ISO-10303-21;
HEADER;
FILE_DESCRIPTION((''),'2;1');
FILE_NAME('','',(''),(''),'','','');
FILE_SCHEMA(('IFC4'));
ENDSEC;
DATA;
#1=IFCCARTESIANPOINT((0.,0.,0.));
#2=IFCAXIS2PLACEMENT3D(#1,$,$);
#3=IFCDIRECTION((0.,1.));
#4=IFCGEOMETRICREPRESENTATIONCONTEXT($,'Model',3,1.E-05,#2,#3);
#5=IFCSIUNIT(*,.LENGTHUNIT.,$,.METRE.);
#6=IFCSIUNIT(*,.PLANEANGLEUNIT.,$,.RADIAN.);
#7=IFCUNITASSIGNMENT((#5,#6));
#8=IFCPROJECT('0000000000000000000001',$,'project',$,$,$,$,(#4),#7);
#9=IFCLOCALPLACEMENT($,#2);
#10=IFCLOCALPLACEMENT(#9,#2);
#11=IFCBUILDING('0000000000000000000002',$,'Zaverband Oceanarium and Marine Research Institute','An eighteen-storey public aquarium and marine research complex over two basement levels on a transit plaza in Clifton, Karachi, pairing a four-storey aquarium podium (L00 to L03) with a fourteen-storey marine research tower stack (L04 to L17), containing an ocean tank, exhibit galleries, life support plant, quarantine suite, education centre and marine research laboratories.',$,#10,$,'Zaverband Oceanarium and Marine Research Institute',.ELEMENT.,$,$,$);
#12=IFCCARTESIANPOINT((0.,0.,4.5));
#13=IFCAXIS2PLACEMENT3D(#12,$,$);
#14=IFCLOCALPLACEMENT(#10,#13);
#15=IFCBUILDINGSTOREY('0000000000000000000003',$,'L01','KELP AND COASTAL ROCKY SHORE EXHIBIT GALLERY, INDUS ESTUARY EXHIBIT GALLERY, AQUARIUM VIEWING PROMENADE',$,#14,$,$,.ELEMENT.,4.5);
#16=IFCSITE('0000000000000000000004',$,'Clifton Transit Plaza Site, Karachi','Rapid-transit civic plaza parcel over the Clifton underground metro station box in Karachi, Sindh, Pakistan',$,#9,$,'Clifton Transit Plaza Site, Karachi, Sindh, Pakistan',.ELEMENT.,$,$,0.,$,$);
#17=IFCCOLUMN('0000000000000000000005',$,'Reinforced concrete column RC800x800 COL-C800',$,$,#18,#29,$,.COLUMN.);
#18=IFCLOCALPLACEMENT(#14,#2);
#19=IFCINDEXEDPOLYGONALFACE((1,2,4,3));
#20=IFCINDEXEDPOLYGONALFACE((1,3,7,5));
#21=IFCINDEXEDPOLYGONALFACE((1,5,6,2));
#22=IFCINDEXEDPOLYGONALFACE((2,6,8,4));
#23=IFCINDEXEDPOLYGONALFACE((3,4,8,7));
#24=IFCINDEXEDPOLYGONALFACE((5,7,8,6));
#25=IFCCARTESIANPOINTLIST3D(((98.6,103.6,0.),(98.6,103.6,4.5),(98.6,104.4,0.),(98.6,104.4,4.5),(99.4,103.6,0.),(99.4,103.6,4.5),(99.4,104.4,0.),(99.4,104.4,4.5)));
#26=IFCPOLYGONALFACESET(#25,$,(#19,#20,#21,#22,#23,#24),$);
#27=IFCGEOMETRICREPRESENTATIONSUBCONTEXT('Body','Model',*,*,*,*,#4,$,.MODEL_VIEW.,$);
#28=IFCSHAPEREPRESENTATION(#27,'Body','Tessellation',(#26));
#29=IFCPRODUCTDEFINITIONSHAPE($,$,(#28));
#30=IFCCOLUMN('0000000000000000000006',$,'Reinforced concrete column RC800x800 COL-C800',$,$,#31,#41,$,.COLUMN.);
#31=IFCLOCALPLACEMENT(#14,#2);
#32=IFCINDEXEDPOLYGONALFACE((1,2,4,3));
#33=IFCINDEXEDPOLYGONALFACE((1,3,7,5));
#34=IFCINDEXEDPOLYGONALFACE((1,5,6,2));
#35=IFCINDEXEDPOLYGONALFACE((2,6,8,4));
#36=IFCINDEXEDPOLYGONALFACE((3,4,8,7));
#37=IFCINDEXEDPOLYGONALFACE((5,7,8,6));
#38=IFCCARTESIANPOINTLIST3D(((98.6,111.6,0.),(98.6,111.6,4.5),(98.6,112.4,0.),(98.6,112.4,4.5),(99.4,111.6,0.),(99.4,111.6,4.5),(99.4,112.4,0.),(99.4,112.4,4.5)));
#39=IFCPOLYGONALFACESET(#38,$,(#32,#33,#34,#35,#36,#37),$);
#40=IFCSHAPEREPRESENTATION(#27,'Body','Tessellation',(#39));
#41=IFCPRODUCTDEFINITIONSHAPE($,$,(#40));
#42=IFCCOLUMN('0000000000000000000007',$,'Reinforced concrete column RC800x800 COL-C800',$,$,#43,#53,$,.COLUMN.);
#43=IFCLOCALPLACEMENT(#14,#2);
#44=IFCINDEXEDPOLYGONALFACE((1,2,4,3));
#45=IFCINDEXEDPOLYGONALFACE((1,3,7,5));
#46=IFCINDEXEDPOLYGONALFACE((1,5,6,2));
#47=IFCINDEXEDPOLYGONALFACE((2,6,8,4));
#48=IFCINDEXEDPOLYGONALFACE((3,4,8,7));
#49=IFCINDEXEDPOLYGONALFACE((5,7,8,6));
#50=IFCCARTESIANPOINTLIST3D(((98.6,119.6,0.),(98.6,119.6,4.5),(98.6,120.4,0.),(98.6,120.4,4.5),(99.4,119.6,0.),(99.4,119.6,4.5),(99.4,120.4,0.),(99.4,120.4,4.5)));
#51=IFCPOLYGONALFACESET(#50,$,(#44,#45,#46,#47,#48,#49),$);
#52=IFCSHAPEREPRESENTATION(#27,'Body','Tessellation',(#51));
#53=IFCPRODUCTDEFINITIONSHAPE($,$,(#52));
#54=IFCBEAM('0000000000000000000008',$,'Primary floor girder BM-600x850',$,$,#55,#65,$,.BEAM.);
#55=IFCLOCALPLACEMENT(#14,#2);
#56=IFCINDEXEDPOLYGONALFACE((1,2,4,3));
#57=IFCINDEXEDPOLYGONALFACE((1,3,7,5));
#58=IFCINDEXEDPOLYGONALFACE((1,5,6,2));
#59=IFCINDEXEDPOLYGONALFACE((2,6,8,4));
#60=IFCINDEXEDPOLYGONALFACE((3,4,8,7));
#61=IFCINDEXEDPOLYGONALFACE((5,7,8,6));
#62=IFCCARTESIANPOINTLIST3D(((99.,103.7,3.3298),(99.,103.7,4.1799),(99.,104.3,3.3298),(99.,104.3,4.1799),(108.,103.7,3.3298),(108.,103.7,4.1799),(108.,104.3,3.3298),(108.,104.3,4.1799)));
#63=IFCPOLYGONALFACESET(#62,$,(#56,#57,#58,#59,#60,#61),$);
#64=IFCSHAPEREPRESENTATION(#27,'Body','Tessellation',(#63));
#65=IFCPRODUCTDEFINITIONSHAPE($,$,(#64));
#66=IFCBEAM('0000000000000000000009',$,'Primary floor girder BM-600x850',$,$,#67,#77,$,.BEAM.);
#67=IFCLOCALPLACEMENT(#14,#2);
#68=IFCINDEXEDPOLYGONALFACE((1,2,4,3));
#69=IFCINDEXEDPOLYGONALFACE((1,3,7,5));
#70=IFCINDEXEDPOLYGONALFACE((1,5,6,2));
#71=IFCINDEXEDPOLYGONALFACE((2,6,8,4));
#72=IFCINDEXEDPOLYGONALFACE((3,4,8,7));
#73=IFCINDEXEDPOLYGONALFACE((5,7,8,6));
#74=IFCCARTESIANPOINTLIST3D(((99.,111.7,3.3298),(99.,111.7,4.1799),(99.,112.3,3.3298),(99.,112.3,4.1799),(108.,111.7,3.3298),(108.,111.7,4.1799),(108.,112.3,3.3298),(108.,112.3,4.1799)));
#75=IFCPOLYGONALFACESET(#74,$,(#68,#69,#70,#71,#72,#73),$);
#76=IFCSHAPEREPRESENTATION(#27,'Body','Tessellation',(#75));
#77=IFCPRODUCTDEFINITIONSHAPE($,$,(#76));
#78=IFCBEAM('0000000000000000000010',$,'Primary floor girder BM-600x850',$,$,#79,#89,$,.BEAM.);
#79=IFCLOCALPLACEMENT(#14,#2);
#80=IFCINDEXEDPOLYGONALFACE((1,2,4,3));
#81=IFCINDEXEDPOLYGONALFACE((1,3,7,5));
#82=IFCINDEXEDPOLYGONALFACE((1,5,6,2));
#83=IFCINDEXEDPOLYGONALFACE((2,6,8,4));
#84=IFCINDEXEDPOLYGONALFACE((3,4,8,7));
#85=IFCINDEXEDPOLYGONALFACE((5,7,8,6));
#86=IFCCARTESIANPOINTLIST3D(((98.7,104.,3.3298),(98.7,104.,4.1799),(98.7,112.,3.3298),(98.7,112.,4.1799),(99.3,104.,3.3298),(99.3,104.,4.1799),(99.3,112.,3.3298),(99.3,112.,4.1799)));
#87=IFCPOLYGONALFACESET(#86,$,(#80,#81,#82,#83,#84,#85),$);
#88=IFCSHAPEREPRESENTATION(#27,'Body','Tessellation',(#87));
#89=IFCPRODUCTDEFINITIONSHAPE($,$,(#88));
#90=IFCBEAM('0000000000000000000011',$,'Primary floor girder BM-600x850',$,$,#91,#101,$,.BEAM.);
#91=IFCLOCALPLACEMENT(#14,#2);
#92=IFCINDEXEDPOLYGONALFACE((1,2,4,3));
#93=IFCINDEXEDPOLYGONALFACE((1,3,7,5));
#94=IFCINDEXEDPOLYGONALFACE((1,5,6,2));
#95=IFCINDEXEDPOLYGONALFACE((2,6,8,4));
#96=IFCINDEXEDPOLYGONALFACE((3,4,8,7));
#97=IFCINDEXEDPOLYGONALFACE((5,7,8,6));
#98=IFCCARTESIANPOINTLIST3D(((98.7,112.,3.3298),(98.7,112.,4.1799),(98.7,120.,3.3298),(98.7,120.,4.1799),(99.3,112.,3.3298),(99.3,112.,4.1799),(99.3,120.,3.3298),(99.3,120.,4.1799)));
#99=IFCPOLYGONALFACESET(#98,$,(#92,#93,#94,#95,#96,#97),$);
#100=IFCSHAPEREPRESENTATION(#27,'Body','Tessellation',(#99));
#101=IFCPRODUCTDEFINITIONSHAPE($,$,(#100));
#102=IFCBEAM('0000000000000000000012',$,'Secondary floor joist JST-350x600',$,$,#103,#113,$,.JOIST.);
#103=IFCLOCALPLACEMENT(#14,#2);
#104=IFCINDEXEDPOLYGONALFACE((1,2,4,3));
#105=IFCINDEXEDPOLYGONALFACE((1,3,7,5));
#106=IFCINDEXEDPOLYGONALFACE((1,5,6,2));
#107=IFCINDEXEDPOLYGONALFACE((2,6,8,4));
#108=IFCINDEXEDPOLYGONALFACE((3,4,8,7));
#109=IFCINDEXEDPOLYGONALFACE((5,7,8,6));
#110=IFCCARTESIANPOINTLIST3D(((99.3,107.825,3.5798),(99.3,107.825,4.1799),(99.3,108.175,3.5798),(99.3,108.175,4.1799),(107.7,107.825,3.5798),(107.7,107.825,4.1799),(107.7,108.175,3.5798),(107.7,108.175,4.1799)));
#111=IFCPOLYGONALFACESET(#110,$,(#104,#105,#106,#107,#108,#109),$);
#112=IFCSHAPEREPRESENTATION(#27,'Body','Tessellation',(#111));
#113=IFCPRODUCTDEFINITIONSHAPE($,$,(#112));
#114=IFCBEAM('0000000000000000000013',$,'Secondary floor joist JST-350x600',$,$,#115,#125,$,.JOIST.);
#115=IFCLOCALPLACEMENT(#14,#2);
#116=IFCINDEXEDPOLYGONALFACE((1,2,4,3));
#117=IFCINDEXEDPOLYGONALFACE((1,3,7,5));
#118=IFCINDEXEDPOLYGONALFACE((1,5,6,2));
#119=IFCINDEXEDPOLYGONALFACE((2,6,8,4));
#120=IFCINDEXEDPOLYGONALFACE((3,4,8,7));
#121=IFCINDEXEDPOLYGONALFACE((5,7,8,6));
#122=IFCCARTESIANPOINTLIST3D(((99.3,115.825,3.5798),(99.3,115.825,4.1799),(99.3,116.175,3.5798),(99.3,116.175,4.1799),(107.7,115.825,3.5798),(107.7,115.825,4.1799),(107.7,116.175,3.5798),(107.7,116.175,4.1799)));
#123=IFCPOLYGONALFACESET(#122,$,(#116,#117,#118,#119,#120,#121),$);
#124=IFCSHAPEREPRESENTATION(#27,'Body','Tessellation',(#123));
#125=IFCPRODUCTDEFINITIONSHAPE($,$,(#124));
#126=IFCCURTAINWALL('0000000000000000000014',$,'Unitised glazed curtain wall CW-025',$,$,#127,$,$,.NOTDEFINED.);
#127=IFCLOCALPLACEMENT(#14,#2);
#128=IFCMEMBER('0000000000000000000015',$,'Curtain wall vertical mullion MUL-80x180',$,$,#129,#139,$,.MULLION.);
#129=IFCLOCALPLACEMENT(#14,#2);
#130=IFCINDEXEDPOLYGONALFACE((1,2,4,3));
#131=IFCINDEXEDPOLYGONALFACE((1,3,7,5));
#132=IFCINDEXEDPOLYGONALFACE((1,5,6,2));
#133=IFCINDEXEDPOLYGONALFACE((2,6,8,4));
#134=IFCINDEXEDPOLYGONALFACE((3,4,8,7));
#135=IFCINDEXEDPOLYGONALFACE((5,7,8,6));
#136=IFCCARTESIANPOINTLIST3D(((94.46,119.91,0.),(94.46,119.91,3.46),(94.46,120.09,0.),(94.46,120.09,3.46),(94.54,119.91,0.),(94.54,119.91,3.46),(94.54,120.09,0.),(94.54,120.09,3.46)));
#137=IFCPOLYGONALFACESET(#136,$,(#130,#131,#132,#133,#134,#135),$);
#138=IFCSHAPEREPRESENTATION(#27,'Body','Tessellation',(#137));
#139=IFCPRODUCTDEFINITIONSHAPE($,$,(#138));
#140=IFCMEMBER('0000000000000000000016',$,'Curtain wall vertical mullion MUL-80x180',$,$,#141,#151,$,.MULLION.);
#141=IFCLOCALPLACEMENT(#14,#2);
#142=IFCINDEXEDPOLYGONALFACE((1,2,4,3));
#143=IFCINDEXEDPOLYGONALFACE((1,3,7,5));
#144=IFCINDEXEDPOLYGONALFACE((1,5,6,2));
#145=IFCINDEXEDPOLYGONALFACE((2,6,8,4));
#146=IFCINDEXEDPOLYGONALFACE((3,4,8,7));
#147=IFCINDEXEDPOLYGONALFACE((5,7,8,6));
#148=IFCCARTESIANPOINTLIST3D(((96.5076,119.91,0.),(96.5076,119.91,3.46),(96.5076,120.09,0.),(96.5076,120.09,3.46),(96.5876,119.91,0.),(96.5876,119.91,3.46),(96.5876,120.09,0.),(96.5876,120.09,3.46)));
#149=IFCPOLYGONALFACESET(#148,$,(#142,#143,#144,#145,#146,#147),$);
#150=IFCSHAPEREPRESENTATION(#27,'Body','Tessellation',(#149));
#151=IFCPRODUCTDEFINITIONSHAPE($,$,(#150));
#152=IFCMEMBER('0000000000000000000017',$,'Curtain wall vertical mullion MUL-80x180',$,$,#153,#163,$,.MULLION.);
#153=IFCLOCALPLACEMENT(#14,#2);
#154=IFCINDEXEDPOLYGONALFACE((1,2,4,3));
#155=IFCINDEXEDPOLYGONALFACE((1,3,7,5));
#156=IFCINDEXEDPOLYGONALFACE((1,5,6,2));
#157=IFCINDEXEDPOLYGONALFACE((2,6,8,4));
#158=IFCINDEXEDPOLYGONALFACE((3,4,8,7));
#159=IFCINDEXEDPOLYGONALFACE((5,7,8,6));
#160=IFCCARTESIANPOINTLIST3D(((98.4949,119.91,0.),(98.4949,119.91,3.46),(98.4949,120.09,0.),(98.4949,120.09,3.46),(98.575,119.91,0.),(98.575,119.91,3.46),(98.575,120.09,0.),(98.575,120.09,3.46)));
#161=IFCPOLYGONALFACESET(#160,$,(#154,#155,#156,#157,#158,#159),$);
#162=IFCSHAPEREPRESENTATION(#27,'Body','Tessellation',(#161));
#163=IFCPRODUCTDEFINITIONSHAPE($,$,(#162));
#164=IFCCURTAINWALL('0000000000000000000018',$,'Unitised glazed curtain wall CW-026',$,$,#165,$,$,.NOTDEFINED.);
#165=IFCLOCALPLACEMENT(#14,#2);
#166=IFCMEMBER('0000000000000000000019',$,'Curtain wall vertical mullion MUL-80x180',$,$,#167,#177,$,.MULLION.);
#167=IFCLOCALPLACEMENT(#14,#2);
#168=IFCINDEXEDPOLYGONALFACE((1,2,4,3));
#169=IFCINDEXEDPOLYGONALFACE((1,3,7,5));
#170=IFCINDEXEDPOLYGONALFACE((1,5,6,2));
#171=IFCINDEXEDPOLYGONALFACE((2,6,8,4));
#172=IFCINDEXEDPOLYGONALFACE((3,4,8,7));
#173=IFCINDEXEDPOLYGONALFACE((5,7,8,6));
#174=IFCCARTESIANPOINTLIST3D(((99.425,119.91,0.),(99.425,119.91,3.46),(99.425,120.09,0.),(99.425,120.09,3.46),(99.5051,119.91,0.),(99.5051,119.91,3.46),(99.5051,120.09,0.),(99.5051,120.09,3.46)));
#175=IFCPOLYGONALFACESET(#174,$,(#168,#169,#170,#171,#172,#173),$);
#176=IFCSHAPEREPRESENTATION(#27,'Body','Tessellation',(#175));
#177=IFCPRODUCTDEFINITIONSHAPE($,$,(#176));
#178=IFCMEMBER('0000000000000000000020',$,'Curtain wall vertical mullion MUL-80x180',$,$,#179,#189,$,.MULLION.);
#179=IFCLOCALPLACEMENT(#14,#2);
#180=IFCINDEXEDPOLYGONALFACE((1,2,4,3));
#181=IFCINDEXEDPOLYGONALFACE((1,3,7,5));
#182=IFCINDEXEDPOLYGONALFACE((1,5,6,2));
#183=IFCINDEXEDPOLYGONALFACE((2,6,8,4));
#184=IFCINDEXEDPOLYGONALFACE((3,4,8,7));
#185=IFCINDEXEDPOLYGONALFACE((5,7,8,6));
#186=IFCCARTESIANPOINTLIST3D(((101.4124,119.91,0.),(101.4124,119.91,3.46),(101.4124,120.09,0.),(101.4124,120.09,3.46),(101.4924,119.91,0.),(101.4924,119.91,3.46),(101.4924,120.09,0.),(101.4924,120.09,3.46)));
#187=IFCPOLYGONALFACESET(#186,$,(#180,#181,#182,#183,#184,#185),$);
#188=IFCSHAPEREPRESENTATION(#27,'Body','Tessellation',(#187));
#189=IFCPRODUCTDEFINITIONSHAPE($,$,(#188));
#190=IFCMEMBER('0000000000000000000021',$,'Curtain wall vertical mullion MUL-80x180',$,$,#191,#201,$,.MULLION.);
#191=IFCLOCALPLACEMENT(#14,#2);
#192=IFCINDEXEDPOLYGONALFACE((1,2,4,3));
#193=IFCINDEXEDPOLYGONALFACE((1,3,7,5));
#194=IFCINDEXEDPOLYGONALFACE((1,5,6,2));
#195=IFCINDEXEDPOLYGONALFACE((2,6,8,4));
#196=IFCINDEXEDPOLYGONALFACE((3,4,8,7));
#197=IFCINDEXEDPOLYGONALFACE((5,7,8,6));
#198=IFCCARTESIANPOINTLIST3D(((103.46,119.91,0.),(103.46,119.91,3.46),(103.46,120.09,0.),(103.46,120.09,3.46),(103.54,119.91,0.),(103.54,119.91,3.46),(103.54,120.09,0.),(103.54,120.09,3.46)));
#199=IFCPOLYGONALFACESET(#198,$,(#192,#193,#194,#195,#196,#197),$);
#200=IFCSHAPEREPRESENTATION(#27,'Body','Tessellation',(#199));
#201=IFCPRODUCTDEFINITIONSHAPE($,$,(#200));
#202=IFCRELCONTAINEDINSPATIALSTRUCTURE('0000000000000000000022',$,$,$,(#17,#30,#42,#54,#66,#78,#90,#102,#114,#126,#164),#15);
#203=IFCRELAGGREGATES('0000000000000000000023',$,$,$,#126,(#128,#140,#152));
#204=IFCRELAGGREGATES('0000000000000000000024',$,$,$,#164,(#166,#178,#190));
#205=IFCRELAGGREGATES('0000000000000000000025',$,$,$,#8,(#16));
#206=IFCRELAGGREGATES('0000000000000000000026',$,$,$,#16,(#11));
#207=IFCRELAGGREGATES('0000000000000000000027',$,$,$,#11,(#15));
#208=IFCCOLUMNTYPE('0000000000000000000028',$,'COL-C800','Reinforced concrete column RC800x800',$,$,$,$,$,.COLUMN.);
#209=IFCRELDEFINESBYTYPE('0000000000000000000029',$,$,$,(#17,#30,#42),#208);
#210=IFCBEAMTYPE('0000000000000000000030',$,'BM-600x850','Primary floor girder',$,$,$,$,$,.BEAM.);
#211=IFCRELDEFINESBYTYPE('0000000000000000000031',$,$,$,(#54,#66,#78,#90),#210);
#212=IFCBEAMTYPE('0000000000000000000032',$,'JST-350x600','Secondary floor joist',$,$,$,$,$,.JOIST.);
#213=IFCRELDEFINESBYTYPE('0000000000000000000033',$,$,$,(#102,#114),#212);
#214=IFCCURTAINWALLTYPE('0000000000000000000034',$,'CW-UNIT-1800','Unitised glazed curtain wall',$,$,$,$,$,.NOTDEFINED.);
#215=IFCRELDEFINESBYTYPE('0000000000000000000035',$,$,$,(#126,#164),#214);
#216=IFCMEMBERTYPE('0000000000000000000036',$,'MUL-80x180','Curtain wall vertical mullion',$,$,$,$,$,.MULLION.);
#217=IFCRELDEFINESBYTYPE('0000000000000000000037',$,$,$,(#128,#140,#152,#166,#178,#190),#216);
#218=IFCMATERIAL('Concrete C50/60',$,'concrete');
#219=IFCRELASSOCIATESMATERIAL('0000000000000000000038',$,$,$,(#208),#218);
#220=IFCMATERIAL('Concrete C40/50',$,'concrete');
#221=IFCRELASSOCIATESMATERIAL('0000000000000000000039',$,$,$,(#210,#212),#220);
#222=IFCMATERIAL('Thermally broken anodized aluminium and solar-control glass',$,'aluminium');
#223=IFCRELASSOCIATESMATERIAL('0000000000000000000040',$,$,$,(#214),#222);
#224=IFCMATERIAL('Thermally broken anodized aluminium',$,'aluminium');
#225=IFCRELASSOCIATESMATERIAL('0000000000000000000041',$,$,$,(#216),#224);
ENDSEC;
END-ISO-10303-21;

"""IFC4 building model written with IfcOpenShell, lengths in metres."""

from ifc_helpers import new_model, si_unit, direction, frame, origin, origin_2d, place, context, subcontext, project, spatial, rectangle, extrude, material, material_profile, profile_set, type_object, element, aggregate, save


model = new_model("IFC4")

# Units and contexts
model_context = context("Model", 3, precision=1e-05, world=origin(), true_north=direction((0.0, 1.0)))
body_context = subcontext(model_context, "Body", "Model", "MODEL_VIEW")
ifc_project = project(units=[si_unit("LENGTHUNIT", "METRE"), si_unit("PLANEANGLEUNIT", "RADIAN")], contexts=[model_context])

# Site, building, storey
site_placement = place(None, origin())
site = spatial("IfcSite", under=ifc_project, at=site_placement, Name="Clifton Transit Plaza Site, Karachi", Description="Rapid-transit civic plaza parcel over the Clifton underground metro station box in Karachi, Sindh, Pakistan", LongName="Clifton Transit Plaza Site, Karachi, Sindh, Pakistan", CompositionType="ELEMENT", RefElevation=0.0)
building_placement = place(site_placement, origin())
building = spatial("IfcBuilding", under=site, at=building_placement, Name="Zaverband Oceanarium and Marine Research Institute", Description="An eighteen-storey public aquarium and marine research complex over two basement levels on a transit plaza in Clifton, Karachi, pairing a four-storey aquarium podium (L00 to L03) with a fourteen-storey marine research tower stack (L04 to L17), containing an ocean tank, exhibit galleries, life support plant, quarantine suite, education centre and marine research laboratories.", LongName="Zaverband Oceanarium and Marine Research Institute", CompositionType="ELEMENT")
storey_placement = place(building_placement, frame((0.0, 0.0, 4.5)))
storey = spatial("IfcBuildingStorey", under=building, at=storey_placement, Name="L01", Description="KELP AND COASTAL ROCKY SHORE EXHIBIT GALLERY, INDUS ESTUARY EXHIBIT GALLERY, AQUARIUM VIEWING PROMENADE", CompositionType="ELEMENT", Elevation=4.5)

# Columns
ifc_material_1 = material(Name="Concrete C50/60", Category="concrete")
ifc_material_profile_1 = material_profile(ifc_material_1, rectangle(XDim=0.8, YDim=0.8, at=origin_2d()), Name="RC800x800")
ifc_profile_set_1 = profile_set([ifc_material_profile_1], Name="Concrete C50/60")
column_type = type_object("IfcColumnType", Name="COL-C800", Description="Reinforced concrete column RC800x800", PredefinedType="COLUMN", material=ifc_profile_set_1)
for number, where, z_axis, x_axis, name in (
    (1, (99.0, 104.0, 0.0), (0.0, 0.0, 1.0), (1.0, 0.0, 0.0), "Reinforced concrete column RC800x800 COL-C800"),
    (2, (99.0, 112.0, 0.0), (0.0, 0.0, 1.0), (1.0, 0.0, 0.0), "Reinforced concrete column RC800x800 COL-C800"),
    (3, (99.0, 120.0, 0.0), (0.0, 0.0, 1.0), (1.0, 0.0, 0.0), "Reinforced concrete column RC800x800 COL-C800"),
):
    element("IfcColumn", number, at=place(storey_placement, frame(where, z_axis=z_axis, x_axis=x_axis)), inside=storey, type_object=column_type, Name=name, PredefinedType="COLUMN", context=body_context, shape_type="SweptSolid", body=[
        extrude(rectangle(XDim=0.8, YDim=0.8, at=origin_2d()), origin(), (0.0, 0.0, 1.0), 4.5),
    ])

# Beams
ifc_material_2 = material(Name="Concrete C40/50", Category="concrete")
ifc_material_profile_2 = material_profile(ifc_material_2, rectangle(XDim=0.6001, YDim=0.8501, at=origin_2d()), Name="RC600x850")
ifc_profile_set_2 = profile_set([ifc_material_profile_2], Name="Concrete C40/50")
beam_type_1 = type_object("IfcBeamType", Name="BM-600x850", Description="Primary floor girder", PredefinedType="BEAM", material=ifc_profile_set_2)
for number, where, z_axis, x_axis, name in (
    (4, (99.0, 104.0, 3.7549), (1.0, 0.0, 0.0), (0.0, 1.0, 0.0), "Primary floor girder BM-600x850"),
    (5, (99.0, 112.0, 3.7549), (1.0, 0.0, 0.0), (0.0, 1.0, 0.0), "Primary floor girder BM-600x850"),
):
    element("IfcBeam", number, at=place(storey_placement, frame(where, z_axis=z_axis, x_axis=x_axis)), inside=storey, type_object=beam_type_1, Name=name, PredefinedType="BEAM", context=body_context, shape_type="SweptSolid", body=[
        extrude(rectangle(XDim=0.6001, YDim=0.8501, at=origin_2d()), origin(), (0.0, 0.0, 1.0), 9.0),
    ])
for number, where, z_axis, x_axis, name in (
    (6, (99.0, 104.0, 3.7549), (0.0, 1.0, 0.0), (-1.0, 0.0, 0.0), "Primary floor girder BM-600x850"),
    (7, (99.0, 112.0, 3.7549), (0.0, 1.0, 0.0), (-1.0, 0.0, 0.0), "Primary floor girder BM-600x850"),
):
    element("IfcBeam", number, at=place(storey_placement, frame(where, z_axis=z_axis, x_axis=x_axis)), inside=storey, type_object=beam_type_1, Name=name, PredefinedType="BEAM", context=body_context, shape_type="SweptSolid", body=[
        extrude(rectangle(XDim=0.6001, YDim=0.8501, at=origin_2d()), origin(), (0.0, 0.0, 1.0), 8.0),
    ])
ifc_material_profile_3 = material_profile(ifc_material_2, rectangle(XDim=0.3501, YDim=0.6001, at=origin_2d()), Name="RC350x600")
ifc_profile_set_3 = profile_set([ifc_material_profile_3], Name="Concrete C40/50")
beam_type_2 = type_object("IfcBeamType", Name="JST-350x600", Description="Secondary floor joist", PredefinedType="JOIST", material=ifc_profile_set_3)
for number, where, z_axis, x_axis, name in (
    (8, (99.3, 108.0, 3.8799), (1.0, 0.0, 0.0), (0.0, 1.0, 0.0), "Secondary floor joist JST-350x600"),
    (9, (99.3, 116.0, 3.8799), (1.0, 0.0, 0.0), (0.0, 1.0, 0.0), "Secondary floor joist JST-350x600"),
):
    element("IfcBeam", number, at=place(storey_placement, frame(where, z_axis=z_axis, x_axis=x_axis)), inside=storey, type_object=beam_type_2, Name=name, PredefinedType="JOIST", context=body_context, shape_type="SweptSolid", body=[
        extrude(rectangle(XDim=0.3501, YDim=0.6001, at=origin_2d()), origin(), (0.0, 0.0, 1.0), 8.3999),
    ])

# Curtain walls, members
ifc_material_3 = material(Name="Thermally broken anodized aluminium and solar-control glass", Category="aluminium")
curtain_wall_type = type_object("IfcCurtainWallType", Name="CW-UNIT-1800", Description="Unitised glazed curtain wall", PredefinedType="NOTDEFINED", material=ifc_material_3)
curtain_wall_1_placement = place(storey_placement, origin())
curtain_wall_1 = element("IfcCurtainWall", 10, at=curtain_wall_1_placement, inside=storey, type_object=curtain_wall_type, Name="Unitised glazed curtain wall CW-025", PredefinedType="NOTDEFINED")
ifc_material_4 = material(Name="Thermally broken anodized aluminium", Category="aluminium")
ifc_material_profile_4 = material_profile(ifc_material_4, rectangle(XDim=0.0801, YDim=0.1799, at=origin_2d()), Name="AL-MUL-80x180")
ifc_profile_set_4 = profile_set([ifc_material_profile_4], Name="Thermally broken anodized aluminium")
member_type_1 = type_object("IfcMemberType", Name="MUL-80x180", Description="Curtain wall vertical mullion", PredefinedType="MULLION", material=ifc_profile_set_4)
member_1_placement = place(storey_placement, frame((94.5, 120.0, 0.0), z_axis=(0.0, 0.0, 1.0), x_axis=(1.0, 0.0, 0.0)))
member_1 = element("IfcMember", 11, at=member_1_placement, type_object=member_type_1, Name="Curtain wall vertical mullion MUL-80x180", PredefinedType="MULLION", context=body_context, shape_type="SweptSolid", body=[
    extrude(rectangle(XDim=0.0801, YDim=0.1799, at=origin_2d()), origin(), (0.0, 0.0, 1.0), 3.46),
])
member_2_placement = place(storey_placement, frame((96.5476, 120.0, 0.0), z_axis=(0.0, 0.0, 1.0), x_axis=(1.0, 0.0, 0.0)))
member_2 = element("IfcMember", 12, at=member_2_placement, type_object=member_type_1, Name="Curtain wall vertical mullion MUL-80x180", PredefinedType="MULLION", context=body_context, shape_type="SweptSolid", body=[
    extrude(rectangle(XDim=0.0801, YDim=0.1799, at=origin_2d()), origin(), (0.0, 0.0, 1.0), 3.46),
])
member_3_placement = place(storey_placement, frame((98.5349, 120.0, 0.0), z_axis=(0.0, 0.0, 1.0), x_axis=(1.0, 0.0, 0.0)))
member_3 = element("IfcMember", 13, at=member_3_placement, type_object=member_type_1, Name="Curtain wall vertical mullion MUL-80x180", PredefinedType="MULLION", context=body_context, shape_type="SweptSolid", body=[
    extrude(rectangle(XDim=0.0801, YDim=0.1799, at=origin_2d()), origin(), (0.0, 0.0, 1.0), 3.46),
])
curtain_wall_2_placement = place(storey_placement, origin())
curtain_wall_2 = element("IfcCurtainWall", 14, at=curtain_wall_2_placement, inside=storey, type_object=curtain_wall_type, Name="Unitised glazed curtain wall CW-026", PredefinedType="NOTDEFINED")
member_4_placement = place(storey_placement, frame((99.4651, 120.0, 0.0), z_axis=(0.0, 0.0, 1.0), x_axis=(1.0, 0.0, 0.0)))
member_4 = element("IfcMember", 15, at=member_4_placement, type_object=member_type_1, Name="Curtain wall vertical mullion MUL-80x180", PredefinedType="MULLION", context=body_context, shape_type="SweptSolid", body=[
    extrude(rectangle(XDim=0.0801, YDim=0.1799, at=origin_2d()), origin(), (0.0, 0.0, 1.0), 3.46),
])
member_5_placement = place(storey_placement, frame((101.4524, 120.0, 0.0), z_axis=(0.0, 0.0, 1.0), x_axis=(1.0, 0.0, 0.0)))
member_5 = element("IfcMember", 16, at=member_5_placement, type_object=member_type_1, Name="Curtain wall vertical mullion MUL-80x180", PredefinedType="MULLION", context=body_context, shape_type="SweptSolid", body=[
    extrude(rectangle(XDim=0.0801, YDim=0.1799, at=origin_2d()), origin(), (0.0, 0.0, 1.0), 3.46),
])
member_6_placement = place(storey_placement, frame((103.5, 120.0, 0.0), z_axis=(0.0, 0.0, 1.0), x_axis=(1.0, 0.0, 0.0)))
member_6 = element("IfcMember", 17, at=member_6_placement, type_object=member_type_1, Name="Curtain wall vertical mullion MUL-80x180", PredefinedType="MULLION", context=body_context, shape_type="SweptSolid", body=[
    extrude(rectangle(XDim=0.0801, YDim=0.1799, at=origin_2d()), origin(), (0.0, 0.0, 1.0), 3.46),
])

aggregate(curtain_wall_1, [member_1, member_2, member_3])
aggregate(curtain_wall_2, [member_4, member_5, member_6])

save(model, "model.ifc")
